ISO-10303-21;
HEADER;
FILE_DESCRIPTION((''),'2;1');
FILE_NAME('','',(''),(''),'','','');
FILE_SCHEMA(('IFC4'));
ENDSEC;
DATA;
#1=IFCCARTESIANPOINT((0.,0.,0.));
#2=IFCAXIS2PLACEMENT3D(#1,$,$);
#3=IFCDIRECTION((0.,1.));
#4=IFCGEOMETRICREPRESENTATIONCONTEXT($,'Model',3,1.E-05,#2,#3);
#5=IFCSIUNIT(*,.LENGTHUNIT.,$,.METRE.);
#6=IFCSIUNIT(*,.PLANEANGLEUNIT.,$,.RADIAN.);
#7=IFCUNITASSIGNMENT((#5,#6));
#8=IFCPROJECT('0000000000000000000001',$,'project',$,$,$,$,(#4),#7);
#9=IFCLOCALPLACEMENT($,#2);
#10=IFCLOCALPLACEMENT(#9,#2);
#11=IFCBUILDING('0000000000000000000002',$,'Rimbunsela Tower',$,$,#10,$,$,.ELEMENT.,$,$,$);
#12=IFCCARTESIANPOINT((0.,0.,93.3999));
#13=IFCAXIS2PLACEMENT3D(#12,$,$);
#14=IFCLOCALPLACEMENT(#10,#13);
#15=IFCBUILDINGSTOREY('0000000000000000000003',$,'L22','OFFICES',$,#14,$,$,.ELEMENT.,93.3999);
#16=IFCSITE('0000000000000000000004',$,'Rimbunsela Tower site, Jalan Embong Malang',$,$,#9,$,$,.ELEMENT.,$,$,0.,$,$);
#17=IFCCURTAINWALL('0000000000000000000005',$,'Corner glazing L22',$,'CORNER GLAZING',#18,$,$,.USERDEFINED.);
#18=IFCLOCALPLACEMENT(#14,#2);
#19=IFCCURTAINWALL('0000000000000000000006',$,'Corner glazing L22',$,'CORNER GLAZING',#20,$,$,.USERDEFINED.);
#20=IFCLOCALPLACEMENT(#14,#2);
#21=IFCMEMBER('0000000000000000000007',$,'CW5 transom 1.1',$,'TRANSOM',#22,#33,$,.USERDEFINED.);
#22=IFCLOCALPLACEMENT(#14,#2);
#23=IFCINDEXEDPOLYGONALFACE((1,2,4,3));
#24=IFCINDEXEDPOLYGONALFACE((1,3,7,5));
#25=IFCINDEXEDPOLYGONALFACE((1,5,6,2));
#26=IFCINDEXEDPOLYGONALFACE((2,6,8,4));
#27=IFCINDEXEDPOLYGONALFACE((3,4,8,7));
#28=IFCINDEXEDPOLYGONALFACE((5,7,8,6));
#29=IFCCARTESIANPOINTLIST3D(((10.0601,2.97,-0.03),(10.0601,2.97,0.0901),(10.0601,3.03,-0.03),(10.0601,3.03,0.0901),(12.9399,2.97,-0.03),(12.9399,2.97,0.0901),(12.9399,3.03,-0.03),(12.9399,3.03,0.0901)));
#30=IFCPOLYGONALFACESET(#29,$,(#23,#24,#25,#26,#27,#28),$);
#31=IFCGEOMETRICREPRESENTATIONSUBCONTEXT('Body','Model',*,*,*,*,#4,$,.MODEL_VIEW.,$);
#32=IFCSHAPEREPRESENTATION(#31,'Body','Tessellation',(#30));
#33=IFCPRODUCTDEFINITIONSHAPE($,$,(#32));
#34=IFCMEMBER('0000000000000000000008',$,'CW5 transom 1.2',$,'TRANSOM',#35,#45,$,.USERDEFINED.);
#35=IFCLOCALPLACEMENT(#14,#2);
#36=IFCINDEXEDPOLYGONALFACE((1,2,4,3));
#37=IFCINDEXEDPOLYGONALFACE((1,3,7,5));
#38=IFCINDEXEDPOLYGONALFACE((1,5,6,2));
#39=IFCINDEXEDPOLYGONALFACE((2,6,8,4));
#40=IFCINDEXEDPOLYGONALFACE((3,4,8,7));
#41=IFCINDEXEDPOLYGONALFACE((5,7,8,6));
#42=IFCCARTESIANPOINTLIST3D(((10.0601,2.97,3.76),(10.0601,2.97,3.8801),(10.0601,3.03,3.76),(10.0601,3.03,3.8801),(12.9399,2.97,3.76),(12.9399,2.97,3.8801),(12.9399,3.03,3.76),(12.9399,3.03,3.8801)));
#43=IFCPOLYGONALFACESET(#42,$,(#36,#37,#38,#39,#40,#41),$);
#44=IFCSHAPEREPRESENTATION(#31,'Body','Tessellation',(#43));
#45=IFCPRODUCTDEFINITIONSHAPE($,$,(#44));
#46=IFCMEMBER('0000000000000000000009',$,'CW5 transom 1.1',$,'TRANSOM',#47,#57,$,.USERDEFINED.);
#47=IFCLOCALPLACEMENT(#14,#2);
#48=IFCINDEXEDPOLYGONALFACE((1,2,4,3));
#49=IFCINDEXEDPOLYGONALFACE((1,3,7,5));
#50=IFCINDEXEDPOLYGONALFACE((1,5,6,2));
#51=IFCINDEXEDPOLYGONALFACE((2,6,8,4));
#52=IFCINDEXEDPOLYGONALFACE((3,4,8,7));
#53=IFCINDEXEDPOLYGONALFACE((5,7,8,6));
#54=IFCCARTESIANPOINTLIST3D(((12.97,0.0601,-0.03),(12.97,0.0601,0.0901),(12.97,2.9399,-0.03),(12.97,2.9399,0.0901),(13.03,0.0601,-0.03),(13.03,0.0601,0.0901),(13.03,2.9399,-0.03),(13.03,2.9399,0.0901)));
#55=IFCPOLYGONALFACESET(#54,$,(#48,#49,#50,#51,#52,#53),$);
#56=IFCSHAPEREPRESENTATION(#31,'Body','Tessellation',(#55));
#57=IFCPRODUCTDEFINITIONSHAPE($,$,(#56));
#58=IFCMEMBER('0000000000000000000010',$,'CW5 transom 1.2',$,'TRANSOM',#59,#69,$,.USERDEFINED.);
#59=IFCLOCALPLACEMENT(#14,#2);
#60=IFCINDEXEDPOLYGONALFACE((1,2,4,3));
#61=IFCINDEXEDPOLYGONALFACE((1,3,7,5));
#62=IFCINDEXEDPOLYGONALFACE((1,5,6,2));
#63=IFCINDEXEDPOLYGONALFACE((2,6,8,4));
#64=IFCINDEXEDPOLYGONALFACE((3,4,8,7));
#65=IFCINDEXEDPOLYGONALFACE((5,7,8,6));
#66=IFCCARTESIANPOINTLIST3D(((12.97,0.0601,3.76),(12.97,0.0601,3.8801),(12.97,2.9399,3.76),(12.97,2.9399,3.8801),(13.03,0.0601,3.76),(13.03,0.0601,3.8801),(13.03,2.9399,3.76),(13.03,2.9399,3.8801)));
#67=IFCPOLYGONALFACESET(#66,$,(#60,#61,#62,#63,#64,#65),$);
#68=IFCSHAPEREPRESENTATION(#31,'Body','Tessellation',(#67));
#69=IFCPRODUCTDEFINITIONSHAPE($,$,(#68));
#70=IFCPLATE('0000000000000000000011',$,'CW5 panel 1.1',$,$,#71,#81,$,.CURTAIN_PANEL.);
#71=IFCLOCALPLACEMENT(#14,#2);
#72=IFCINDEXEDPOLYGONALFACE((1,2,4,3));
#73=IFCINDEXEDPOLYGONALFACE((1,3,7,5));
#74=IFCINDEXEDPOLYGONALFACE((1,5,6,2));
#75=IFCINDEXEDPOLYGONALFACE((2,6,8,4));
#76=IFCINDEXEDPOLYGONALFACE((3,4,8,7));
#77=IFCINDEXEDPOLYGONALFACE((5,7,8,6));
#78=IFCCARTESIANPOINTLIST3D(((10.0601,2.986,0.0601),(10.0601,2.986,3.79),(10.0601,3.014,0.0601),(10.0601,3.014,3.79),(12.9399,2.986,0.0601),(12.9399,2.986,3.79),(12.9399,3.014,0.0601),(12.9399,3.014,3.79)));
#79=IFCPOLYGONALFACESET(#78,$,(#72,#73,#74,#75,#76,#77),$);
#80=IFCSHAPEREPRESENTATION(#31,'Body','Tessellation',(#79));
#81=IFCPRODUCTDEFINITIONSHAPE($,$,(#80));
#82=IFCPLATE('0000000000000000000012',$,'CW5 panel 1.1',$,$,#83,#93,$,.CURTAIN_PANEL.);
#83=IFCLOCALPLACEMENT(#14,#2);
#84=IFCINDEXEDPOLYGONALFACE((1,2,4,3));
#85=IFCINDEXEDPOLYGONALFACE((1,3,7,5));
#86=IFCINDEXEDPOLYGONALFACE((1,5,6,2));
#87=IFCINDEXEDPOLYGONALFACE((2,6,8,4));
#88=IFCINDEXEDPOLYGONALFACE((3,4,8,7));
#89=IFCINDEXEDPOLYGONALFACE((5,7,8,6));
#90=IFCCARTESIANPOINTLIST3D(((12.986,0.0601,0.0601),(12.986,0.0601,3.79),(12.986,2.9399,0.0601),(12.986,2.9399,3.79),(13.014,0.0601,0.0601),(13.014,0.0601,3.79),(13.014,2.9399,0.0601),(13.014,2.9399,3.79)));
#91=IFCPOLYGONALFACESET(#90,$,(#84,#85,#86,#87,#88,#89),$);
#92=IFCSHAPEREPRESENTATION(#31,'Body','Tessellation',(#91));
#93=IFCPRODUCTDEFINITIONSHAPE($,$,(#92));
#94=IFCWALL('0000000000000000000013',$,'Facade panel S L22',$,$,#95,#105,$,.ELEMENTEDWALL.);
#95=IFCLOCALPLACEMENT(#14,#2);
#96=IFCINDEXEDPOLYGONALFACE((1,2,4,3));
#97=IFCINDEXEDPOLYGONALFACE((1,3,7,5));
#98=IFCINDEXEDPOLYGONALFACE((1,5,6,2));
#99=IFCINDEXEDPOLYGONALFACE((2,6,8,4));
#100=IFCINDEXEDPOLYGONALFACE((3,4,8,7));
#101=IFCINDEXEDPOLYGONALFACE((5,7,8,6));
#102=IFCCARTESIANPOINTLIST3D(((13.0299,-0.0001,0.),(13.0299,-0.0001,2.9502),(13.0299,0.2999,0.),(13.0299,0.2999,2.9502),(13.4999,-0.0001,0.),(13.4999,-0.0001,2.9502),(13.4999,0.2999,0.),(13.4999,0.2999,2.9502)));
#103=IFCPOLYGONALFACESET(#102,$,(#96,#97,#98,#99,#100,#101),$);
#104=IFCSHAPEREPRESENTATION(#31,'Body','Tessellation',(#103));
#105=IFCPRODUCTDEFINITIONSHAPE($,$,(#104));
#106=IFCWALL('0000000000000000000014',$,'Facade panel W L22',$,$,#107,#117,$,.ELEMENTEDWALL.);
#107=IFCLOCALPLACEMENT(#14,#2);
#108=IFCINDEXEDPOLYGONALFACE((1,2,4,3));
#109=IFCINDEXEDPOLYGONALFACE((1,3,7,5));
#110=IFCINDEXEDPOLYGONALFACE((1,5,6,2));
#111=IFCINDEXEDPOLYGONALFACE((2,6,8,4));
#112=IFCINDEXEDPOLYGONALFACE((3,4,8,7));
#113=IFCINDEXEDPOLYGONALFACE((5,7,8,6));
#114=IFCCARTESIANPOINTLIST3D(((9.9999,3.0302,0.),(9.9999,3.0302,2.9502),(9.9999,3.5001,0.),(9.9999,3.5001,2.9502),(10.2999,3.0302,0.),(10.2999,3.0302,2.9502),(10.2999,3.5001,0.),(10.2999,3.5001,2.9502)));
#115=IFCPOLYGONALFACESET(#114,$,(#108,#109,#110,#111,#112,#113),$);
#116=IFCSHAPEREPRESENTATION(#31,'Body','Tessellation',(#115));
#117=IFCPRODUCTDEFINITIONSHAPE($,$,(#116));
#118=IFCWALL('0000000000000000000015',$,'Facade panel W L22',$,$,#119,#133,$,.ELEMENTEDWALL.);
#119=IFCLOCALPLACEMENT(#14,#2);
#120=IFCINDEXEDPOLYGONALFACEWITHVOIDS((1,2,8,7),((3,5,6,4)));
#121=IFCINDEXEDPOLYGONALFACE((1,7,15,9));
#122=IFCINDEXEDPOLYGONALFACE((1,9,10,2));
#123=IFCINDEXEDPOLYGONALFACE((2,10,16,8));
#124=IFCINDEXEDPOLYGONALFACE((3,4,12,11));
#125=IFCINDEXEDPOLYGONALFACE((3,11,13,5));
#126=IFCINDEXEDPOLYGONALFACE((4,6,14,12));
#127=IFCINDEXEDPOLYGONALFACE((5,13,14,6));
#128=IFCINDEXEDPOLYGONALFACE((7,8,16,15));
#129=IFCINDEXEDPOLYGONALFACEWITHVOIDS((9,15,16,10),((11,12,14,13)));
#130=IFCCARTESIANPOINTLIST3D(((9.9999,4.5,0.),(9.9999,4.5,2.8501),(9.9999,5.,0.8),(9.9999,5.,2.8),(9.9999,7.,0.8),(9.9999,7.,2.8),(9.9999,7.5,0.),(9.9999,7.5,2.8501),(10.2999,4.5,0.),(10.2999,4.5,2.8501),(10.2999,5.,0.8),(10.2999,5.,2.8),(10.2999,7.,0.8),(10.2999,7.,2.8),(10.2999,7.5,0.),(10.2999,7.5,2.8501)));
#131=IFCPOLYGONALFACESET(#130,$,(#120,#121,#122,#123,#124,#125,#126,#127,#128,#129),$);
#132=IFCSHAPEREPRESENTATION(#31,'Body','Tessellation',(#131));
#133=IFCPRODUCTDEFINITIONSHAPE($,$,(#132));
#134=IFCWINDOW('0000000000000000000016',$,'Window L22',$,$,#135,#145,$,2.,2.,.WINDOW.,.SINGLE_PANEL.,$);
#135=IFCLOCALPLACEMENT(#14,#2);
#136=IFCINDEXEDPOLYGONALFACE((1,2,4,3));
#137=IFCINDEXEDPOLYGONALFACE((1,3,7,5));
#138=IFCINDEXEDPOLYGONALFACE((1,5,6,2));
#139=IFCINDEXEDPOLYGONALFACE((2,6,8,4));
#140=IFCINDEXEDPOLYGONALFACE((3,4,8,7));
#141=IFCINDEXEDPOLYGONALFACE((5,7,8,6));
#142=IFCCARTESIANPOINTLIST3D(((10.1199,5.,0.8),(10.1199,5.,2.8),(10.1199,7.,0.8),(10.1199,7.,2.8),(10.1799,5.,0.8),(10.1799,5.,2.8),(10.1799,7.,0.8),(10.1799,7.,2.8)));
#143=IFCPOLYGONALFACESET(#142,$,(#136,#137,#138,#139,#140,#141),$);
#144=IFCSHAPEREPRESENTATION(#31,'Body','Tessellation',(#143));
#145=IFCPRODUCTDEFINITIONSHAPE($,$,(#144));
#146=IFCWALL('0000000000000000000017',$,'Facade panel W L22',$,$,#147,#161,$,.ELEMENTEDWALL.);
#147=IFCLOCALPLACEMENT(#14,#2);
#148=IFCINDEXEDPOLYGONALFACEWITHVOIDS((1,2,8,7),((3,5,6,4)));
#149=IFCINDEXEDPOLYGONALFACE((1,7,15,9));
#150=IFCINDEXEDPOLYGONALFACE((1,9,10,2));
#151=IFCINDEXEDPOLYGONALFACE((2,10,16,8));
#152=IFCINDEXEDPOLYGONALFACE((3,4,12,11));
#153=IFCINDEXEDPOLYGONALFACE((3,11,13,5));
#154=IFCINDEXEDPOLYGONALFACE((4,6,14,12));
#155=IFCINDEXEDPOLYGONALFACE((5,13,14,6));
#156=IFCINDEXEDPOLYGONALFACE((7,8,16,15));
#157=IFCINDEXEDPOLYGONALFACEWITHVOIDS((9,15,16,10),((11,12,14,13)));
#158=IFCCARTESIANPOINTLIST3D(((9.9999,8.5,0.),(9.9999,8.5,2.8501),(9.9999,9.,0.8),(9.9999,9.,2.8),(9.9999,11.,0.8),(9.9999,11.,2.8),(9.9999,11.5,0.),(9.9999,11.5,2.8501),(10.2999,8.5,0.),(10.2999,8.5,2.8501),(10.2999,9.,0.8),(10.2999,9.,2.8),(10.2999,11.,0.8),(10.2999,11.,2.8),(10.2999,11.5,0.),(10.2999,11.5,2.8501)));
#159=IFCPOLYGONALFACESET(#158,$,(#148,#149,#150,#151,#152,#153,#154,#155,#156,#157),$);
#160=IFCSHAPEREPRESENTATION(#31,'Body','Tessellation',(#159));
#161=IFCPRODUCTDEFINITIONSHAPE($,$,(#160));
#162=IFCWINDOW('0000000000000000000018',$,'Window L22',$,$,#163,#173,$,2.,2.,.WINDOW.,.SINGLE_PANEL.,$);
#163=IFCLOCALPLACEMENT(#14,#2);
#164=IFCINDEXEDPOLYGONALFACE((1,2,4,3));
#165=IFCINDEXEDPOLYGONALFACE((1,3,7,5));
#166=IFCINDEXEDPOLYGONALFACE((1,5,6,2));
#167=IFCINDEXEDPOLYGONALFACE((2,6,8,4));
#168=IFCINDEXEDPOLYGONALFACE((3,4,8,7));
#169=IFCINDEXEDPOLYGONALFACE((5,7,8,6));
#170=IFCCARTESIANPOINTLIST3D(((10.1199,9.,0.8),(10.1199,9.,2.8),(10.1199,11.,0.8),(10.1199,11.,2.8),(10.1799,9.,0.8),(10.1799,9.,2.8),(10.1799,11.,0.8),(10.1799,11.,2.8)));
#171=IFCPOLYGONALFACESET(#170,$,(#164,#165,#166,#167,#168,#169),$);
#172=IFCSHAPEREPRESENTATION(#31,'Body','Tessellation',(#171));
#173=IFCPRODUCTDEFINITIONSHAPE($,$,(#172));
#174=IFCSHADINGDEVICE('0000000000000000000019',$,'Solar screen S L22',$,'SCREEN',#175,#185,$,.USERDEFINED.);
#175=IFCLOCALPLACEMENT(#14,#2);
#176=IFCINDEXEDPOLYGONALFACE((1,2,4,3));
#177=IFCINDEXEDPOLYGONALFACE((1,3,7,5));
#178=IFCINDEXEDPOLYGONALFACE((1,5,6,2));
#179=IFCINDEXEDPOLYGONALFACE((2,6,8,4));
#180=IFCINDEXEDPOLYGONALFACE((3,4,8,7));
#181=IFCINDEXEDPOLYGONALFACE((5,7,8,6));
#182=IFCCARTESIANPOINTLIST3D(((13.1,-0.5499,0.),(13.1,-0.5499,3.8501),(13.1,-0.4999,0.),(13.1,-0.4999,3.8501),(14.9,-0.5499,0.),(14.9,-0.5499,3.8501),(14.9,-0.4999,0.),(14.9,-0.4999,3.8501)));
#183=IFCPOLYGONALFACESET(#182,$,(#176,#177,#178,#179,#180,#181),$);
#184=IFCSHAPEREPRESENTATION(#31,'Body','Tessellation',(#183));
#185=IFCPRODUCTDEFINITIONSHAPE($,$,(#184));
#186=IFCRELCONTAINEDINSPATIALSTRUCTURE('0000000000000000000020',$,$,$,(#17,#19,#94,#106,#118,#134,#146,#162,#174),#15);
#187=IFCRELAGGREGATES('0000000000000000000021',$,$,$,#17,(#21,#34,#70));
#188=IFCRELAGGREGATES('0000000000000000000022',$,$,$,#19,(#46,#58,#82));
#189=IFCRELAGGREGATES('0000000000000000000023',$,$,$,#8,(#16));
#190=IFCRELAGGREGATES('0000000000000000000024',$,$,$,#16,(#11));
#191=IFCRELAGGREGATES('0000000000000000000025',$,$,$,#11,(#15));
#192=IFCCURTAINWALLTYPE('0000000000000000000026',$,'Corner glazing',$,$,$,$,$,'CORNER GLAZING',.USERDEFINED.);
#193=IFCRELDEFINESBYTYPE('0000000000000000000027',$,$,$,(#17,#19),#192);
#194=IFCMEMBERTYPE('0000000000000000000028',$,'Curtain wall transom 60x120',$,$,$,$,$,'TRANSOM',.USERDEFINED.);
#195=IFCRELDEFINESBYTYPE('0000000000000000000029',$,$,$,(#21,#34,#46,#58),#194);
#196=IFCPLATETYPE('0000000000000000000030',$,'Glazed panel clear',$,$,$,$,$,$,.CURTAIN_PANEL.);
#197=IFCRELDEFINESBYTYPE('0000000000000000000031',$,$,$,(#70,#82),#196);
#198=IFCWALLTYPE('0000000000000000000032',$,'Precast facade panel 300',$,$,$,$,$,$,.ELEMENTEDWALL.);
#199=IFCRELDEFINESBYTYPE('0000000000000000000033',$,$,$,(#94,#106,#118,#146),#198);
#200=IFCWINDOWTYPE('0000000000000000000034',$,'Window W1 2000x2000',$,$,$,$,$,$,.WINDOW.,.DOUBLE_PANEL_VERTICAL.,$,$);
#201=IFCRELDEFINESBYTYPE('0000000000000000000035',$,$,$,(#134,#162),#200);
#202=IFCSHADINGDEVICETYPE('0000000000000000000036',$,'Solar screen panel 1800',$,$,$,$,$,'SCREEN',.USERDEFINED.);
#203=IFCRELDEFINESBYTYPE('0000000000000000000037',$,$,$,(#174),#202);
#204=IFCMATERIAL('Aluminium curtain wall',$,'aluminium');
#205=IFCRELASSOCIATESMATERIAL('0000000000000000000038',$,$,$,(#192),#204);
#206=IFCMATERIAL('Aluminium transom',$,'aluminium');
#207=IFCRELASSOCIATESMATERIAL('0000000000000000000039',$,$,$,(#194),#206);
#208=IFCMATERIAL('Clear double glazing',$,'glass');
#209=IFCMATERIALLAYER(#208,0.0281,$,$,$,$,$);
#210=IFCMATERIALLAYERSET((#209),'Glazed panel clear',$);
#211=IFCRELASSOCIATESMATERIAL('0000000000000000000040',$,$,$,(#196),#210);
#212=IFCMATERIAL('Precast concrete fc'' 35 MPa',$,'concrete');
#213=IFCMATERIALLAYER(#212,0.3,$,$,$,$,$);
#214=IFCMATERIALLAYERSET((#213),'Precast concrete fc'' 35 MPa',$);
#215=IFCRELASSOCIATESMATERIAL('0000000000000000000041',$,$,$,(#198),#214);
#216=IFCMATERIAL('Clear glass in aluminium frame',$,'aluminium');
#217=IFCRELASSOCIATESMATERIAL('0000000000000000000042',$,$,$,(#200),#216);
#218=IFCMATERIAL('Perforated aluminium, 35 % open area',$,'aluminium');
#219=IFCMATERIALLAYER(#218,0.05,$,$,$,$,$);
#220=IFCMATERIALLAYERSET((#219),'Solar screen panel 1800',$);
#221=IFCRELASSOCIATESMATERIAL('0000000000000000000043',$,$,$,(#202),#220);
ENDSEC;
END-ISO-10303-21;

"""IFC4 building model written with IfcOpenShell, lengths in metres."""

from ifc_helpers import new_model, si_unit, direction, frame, frame_2d, origin, origin_2d, place, context, subcontext, project, spatial, rectangle, extrude, material, layer, layer_set, material_profile, profile_set, type_object, element, fill, aggregate, save


model = new_model("IFC4")

# Units and contexts
model_context = context("Model", 3, precision=1e-05, world=origin(), true_north=direction((0.0, 1.0)))
body_context = subcontext(model_context, "Body", "Model", "MODEL_VIEW")
ifc_project = project(units=[si_unit("LENGTHUNIT", "METRE"), si_unit("PLANEANGLEUNIT", "RADIAN")], contexts=[model_context])

# Site, building, storey
site_placement = place(None, origin())
site = spatial("IfcSite", under=ifc_project, at=site_placement, Name="Rimbunsela Tower site, Jalan Embong Malang", CompositionType="ELEMENT", RefElevation=0.0)
building_placement = place(site_placement, origin())
building = spatial("IfcBuilding", under=site, at=building_placement, Name="Rimbunsela Tower", CompositionType="ELEMENT")
storey_placement = place(building_placement, frame((0.0, 0.0, 93.3999)))
storey = spatial("IfcBuildingStorey", under=building, at=storey_placement, Name="L22", Description="OFFICES", CompositionType="ELEMENT", Elevation=93.3999)

# Curtain walls
ifc_material_1 = material(Name="Aluminium curtain wall", Category="aluminium")
curtain_wall_type = type_object("IfcCurtainWallType", Name="Corner glazing", ElementType="CORNER GLAZING", PredefinedType="USERDEFINED", material=ifc_material_1)
curtain_wall_1_placement = place(storey_placement, origin())
curtain_wall_1 = element("IfcCurtainWall", 1, at=curtain_wall_1_placement, inside=storey, type_object=curtain_wall_type, Name="Corner glazing L22", ObjectType="CORNER GLAZING", PredefinedType="USERDEFINED")
curtain_wall_2_placement = place(storey_placement, origin())
curtain_wall_2 = element("IfcCurtainWall", 2, at=curtain_wall_2_placement, inside=storey, type_object=curtain_wall_type, Name="Corner glazing L22", ObjectType="CORNER GLAZING", PredefinedType="USERDEFINED")

# Members
ifc_material_2 = material(Name="Aluminium transom", Category="aluminium")
ifc_material_profile_1 = material_profile(ifc_material_2, rectangle(XDim=0.0601, YDim=0.1201, at=origin_2d()), Name="Transom 60x120")
ifc_profile_set_1 = profile_set([ifc_material_profile_1], Name="Aluminium transom")
member_type_1 = type_object("IfcMemberType", Name="Curtain wall transom 60x120", ElementType="TRANSOM", PredefinedType="USERDEFINED", material=ifc_profile_set_1)
member_1_placement = place(storey_placement, frame((10.0601, 3.0, 0.03), z_axis=(1.0, 0.0, 0.0), x_axis=(0.0, 1.0, 0.0)))
member_1 = element("IfcMember", 3, at=member_1_placement, type_object=member_type_1, Name="CW5 transom 1.1", ObjectType="TRANSOM", PredefinedType="USERDEFINED", context=body_context, shape_type="SweptSolid", body=[
    extrude(rectangle(XDim=0.0601, YDim=0.1201, at=origin_2d()), origin(), (0.0, 0.0, 1.0), 2.8799),
])
member_2_placement = place(storey_placement, frame((10.0601, 3.0, 3.8201), z_axis=(1.0, 0.0, 0.0), x_axis=(0.0, 1.0, 0.0)))
member_2 = element("IfcMember", 4, at=member_2_placement, type_object=member_type_1, Name="CW5 transom 1.2", ObjectType="TRANSOM", PredefinedType="USERDEFINED", context=body_context, shape_type="SweptSolid", body=[
    extrude(rectangle(XDim=0.0601, YDim=0.1201, at=origin_2d()), origin(), (0.0, 0.0, 1.0), 2.8799),
])
member_3_placement = place(storey_placement, frame((13.0, 2.9399, 0.03), z_axis=(0.0, -1.0, 0.0), x_axis=(1.0, 0.0, 0.0)))
member_3 = element("IfcMember", 5, at=member_3_placement, type_object=member_type_1, Name="CW5 transom 1.1", ObjectType="TRANSOM", PredefinedType="USERDEFINED", context=body_context, shape_type="SweptSolid", body=[
    extrude(rectangle(XDim=0.0601, YDim=0.1201, at=origin_2d()), origin(), (0.0, 0.0, 1.0), 2.8799),
])
member_4_placement = place(storey_placement, frame((13.0, 2.9399, 3.8201), z_axis=(0.0, -1.0, 0.0), x_axis=(1.0, 0.0, 0.0)))
member_4 = element("IfcMember", 6, at=member_4_placement, type_object=member_type_1, Name="CW5 transom 1.2", ObjectType="TRANSOM", PredefinedType="USERDEFINED", context=body_context, shape_type="SweptSolid", body=[
    extrude(rectangle(XDim=0.0601, YDim=0.1201, at=origin_2d()), origin(), (0.0, 0.0, 1.0), 2.8799),
])

# Plates
ifc_material_3 = material(Name="Clear double glazing", Category="glass")
ifc_layer_1 = layer(ifc_material_3, 0.0281)
ifc_layer_set_1 = layer_set([ifc_layer_1], Name="Glazed panel clear")
plate_type = type_object("IfcPlateType", Name="Glazed panel clear", PredefinedType="CURTAIN_PANEL", material=ifc_layer_set_1)
plate_1_placement = place(storey_placement, frame((11.5, 3.0, 0.0601), z_axis=(0.0, 0.0, 1.0), x_axis=(1.0, 0.0, 0.0)))
plate_1 = element("IfcPlate", 7, at=plate_1_placement, type_object=plate_type, Name="CW5 panel 1.1", PredefinedType="CURTAIN_PANEL", context=body_context, shape_type="SweptSolid", body=[
    extrude(rectangle(XDim=2.8799, YDim=0.0281, at=origin_2d()), origin(), (0.0, 0.0, 1.0), 3.73),
])
aggregate(curtain_wall_1, [member_1, member_2, plate_1])
plate_2_placement = place(storey_placement, frame((13.0, 1.5, 0.0601), z_axis=(0.0, 0.0, 1.0), x_axis=(0.0, -1.0, 0.0)))
plate_2 = element("IfcPlate", 8, at=plate_2_placement, type_object=plate_type, Name="CW5 panel 1.1", PredefinedType="CURTAIN_PANEL", context=body_context, shape_type="SweptSolid", body=[
    extrude(rectangle(XDim=2.8799, YDim=0.0281, at=origin_2d()), origin(), (0.0, 0.0, 1.0), 3.73),
])
aggregate(curtain_wall_2, [member_3, member_4, plate_2])

# Walls
ifc_material_4 = material(Name="Precast concrete fc' 35 MPa", Category="concrete")
ifc_layer_2 = layer(ifc_material_4, 0.3)
ifc_layer_set_2 = layer_set([ifc_layer_2], Name="Precast concrete fc' 35 MPa")
wall_type = type_object("IfcWallType", Name="Precast facade panel 300", PredefinedType="ELEMENTEDWALL", material=ifc_layer_set_2)
for number, where, z_axis, x_axis, name in (
    (9, (13.03, 0.1499, 0.0), (0.0, 0.0, 1.0), (1.0, 0.0, 0.0), "Facade panel S L22"),
    (10, (10.1499, 3.5, 0.0), (0.0, 0.0, 1.0), (0.0, -1.0, 0.0), "Facade panel W L22"),
):
    element("IfcWall", number, at=place(storey_placement, frame(where, z_axis=z_axis, x_axis=x_axis)), inside=storey, type_object=wall_type, Name=name, PredefinedType="ELEMENTEDWALL", context=body_context, shape_type="SweptSolid", body=[
        extrude(rectangle(XDim=0.47, YDim=0.3, at=frame_2d((0.2349, 0.0))), origin(), (0.0, 0.0, 1.0), 2.9502),
    ])

# Walls, openings, windows
wall_1_placement = place(storey_placement, frame((10.1499, 7.5, 0.0), z_axis=(0.0, 0.0, 1.0), x_axis=(0.0, -1.0, 0.0)))
wall_1 = element("IfcWall", 11, at=wall_1_placement, inside=storey, type_object=wall_type, Name="Facade panel W L22", PredefinedType="ELEMENTEDWALL", context=body_context, shape_type="SweptSolid", body=[
    extrude(rectangle(XDim=3.0, YDim=0.3, at=frame_2d((1.5, 0.0))), origin(), (0.0, 0.0, 1.0), 2.8501),
])
opening_1_placement = place(wall_1_placement, frame((0.5, 0.0, 0.8)))
opening_1 = element("IfcOpeningElement", 12, at=opening_1_placement, cuts=wall_1, PredefinedType="OPENING", context=body_context, shape_type="SweptSolid", body=[
    extrude(rectangle(XDim=2.0, YDim=2.0, at=frame_2d((1.0, 1.0))), frame((0.0, 0.1599, 0.0), z_axis=(0.0, -1.0, 0.0), x_axis=(1.0, 0.0, 0.0)), (0.0, 0.0, 1.0), 0.3201),
])
ifc_material_5 = material(Name="Clear glass in aluminium frame", Category="aluminium")
window_type = type_object("IfcWindowType", Name="Window W1 2000x2000", PartitioningType="DOUBLE_PANEL_VERTICAL", PredefinedType="WINDOW", material=ifc_material_5)
window_1_placement = place(opening_1_placement, origin())
window_1 = element("IfcWindow", 13, at=window_1_placement, inside=storey, type_object=window_type, Name="Window L22", OverallHeight=2.0, OverallWidth=2.0, PartitioningType="SINGLE_PANEL", PredefinedType="WINDOW", context=body_context, shape_type="SweptSolid", body=[
    extrude(rectangle(XDim=2.0, YDim=2.0, at=frame_2d((1.0, 1.0))), frame((0.0, 0.03, 0.0), z_axis=(0.0, -1.0, 0.0), x_axis=(1.0, 0.0, 0.0)), (0.0, 0.0, 1.0), 0.0601),
])
fill(opening_1, window_1)
wall_2_placement = place(storey_placement, frame((10.1499, 11.5, 0.0), z_axis=(0.0, 0.0, 1.0), x_axis=(0.0, -1.0, 0.0)))
wall_2 = element("IfcWall", 14, at=wall_2_placement, inside=storey, type_object=wall_type, Name="Facade panel W L22", PredefinedType="ELEMENTEDWALL", context=body_context, shape_type="SweptSolid", body=[
    extrude(rectangle(XDim=3.0, YDim=0.3, at=frame_2d((1.5, 0.0))), origin(), (0.0, 0.0, 1.0), 2.8501),
])
opening_2_placement = place(wall_2_placement, frame((0.5, 0.0, 0.8)))
opening_2 = element("IfcOpeningElement", 15, at=opening_2_placement, cuts=wall_2, PredefinedType="OPENING", context=body_context, shape_type="SweptSolid", body=[
    extrude(rectangle(XDim=2.0, YDim=2.0, at=frame_2d((1.0, 1.0))), frame((0.0, 0.1599, 0.0), z_axis=(0.0, -1.0, 0.0), x_axis=(1.0, 0.0, 0.0)), (0.0, 0.0, 1.0), 0.3201),
])
window_2_placement = place(opening_2_placement, origin())
window_2 = element("IfcWindow", 16, at=window_2_placement, inside=storey, type_object=window_type, Name="Window L22", OverallHeight=2.0, OverallWidth=2.0, PartitioningType="SINGLE_PANEL", PredefinedType="WINDOW", context=body_context, shape_type="SweptSolid", body=[
    extrude(rectangle(XDim=2.0, YDim=2.0, at=frame_2d((1.0, 1.0))), frame((0.0, 0.03, 0.0), z_axis=(0.0, -1.0, 0.0), x_axis=(1.0, 0.0, 0.0)), (0.0, 0.0, 1.0), 0.0601),
])
fill(opening_2, window_2)

# Shading device
ifc_material_6 = material(Name="Perforated aluminium, 35 % open area", Category="aluminium")
ifc_layer_3 = layer(ifc_material_6, 0.05)
ifc_layer_set_3 = layer_set([ifc_layer_3], Name="Solar screen panel 1800")
shading_device_type = type_object("IfcShadingDeviceType", Name="Solar screen panel 1800", ElementType="SCREEN", PredefinedType="USERDEFINED", material=ifc_layer_set_3)
for number, where, z_axis, x_axis, name in (
    (17, (14.0, -0.5249, 0.0), (0.0, 0.0, 1.0), (1.0, 0.0, 0.0), "Solar screen S L22"),
):
    element("IfcShadingDevice", number, at=place(storey_placement, frame(where, z_axis=z_axis, x_axis=x_axis)), inside=storey, type_object=shading_device_type, Name=name, ObjectType="SCREEN", PredefinedType="USERDEFINED", context=body_context, shape_type="SweptSolid", body=[
        extrude(rectangle(XDim=1.8, YDim=0.05, at=origin_2d()), origin(), (0.0, 0.0, 1.0), 3.8501),
    ])

save(model, "model.ifc")
